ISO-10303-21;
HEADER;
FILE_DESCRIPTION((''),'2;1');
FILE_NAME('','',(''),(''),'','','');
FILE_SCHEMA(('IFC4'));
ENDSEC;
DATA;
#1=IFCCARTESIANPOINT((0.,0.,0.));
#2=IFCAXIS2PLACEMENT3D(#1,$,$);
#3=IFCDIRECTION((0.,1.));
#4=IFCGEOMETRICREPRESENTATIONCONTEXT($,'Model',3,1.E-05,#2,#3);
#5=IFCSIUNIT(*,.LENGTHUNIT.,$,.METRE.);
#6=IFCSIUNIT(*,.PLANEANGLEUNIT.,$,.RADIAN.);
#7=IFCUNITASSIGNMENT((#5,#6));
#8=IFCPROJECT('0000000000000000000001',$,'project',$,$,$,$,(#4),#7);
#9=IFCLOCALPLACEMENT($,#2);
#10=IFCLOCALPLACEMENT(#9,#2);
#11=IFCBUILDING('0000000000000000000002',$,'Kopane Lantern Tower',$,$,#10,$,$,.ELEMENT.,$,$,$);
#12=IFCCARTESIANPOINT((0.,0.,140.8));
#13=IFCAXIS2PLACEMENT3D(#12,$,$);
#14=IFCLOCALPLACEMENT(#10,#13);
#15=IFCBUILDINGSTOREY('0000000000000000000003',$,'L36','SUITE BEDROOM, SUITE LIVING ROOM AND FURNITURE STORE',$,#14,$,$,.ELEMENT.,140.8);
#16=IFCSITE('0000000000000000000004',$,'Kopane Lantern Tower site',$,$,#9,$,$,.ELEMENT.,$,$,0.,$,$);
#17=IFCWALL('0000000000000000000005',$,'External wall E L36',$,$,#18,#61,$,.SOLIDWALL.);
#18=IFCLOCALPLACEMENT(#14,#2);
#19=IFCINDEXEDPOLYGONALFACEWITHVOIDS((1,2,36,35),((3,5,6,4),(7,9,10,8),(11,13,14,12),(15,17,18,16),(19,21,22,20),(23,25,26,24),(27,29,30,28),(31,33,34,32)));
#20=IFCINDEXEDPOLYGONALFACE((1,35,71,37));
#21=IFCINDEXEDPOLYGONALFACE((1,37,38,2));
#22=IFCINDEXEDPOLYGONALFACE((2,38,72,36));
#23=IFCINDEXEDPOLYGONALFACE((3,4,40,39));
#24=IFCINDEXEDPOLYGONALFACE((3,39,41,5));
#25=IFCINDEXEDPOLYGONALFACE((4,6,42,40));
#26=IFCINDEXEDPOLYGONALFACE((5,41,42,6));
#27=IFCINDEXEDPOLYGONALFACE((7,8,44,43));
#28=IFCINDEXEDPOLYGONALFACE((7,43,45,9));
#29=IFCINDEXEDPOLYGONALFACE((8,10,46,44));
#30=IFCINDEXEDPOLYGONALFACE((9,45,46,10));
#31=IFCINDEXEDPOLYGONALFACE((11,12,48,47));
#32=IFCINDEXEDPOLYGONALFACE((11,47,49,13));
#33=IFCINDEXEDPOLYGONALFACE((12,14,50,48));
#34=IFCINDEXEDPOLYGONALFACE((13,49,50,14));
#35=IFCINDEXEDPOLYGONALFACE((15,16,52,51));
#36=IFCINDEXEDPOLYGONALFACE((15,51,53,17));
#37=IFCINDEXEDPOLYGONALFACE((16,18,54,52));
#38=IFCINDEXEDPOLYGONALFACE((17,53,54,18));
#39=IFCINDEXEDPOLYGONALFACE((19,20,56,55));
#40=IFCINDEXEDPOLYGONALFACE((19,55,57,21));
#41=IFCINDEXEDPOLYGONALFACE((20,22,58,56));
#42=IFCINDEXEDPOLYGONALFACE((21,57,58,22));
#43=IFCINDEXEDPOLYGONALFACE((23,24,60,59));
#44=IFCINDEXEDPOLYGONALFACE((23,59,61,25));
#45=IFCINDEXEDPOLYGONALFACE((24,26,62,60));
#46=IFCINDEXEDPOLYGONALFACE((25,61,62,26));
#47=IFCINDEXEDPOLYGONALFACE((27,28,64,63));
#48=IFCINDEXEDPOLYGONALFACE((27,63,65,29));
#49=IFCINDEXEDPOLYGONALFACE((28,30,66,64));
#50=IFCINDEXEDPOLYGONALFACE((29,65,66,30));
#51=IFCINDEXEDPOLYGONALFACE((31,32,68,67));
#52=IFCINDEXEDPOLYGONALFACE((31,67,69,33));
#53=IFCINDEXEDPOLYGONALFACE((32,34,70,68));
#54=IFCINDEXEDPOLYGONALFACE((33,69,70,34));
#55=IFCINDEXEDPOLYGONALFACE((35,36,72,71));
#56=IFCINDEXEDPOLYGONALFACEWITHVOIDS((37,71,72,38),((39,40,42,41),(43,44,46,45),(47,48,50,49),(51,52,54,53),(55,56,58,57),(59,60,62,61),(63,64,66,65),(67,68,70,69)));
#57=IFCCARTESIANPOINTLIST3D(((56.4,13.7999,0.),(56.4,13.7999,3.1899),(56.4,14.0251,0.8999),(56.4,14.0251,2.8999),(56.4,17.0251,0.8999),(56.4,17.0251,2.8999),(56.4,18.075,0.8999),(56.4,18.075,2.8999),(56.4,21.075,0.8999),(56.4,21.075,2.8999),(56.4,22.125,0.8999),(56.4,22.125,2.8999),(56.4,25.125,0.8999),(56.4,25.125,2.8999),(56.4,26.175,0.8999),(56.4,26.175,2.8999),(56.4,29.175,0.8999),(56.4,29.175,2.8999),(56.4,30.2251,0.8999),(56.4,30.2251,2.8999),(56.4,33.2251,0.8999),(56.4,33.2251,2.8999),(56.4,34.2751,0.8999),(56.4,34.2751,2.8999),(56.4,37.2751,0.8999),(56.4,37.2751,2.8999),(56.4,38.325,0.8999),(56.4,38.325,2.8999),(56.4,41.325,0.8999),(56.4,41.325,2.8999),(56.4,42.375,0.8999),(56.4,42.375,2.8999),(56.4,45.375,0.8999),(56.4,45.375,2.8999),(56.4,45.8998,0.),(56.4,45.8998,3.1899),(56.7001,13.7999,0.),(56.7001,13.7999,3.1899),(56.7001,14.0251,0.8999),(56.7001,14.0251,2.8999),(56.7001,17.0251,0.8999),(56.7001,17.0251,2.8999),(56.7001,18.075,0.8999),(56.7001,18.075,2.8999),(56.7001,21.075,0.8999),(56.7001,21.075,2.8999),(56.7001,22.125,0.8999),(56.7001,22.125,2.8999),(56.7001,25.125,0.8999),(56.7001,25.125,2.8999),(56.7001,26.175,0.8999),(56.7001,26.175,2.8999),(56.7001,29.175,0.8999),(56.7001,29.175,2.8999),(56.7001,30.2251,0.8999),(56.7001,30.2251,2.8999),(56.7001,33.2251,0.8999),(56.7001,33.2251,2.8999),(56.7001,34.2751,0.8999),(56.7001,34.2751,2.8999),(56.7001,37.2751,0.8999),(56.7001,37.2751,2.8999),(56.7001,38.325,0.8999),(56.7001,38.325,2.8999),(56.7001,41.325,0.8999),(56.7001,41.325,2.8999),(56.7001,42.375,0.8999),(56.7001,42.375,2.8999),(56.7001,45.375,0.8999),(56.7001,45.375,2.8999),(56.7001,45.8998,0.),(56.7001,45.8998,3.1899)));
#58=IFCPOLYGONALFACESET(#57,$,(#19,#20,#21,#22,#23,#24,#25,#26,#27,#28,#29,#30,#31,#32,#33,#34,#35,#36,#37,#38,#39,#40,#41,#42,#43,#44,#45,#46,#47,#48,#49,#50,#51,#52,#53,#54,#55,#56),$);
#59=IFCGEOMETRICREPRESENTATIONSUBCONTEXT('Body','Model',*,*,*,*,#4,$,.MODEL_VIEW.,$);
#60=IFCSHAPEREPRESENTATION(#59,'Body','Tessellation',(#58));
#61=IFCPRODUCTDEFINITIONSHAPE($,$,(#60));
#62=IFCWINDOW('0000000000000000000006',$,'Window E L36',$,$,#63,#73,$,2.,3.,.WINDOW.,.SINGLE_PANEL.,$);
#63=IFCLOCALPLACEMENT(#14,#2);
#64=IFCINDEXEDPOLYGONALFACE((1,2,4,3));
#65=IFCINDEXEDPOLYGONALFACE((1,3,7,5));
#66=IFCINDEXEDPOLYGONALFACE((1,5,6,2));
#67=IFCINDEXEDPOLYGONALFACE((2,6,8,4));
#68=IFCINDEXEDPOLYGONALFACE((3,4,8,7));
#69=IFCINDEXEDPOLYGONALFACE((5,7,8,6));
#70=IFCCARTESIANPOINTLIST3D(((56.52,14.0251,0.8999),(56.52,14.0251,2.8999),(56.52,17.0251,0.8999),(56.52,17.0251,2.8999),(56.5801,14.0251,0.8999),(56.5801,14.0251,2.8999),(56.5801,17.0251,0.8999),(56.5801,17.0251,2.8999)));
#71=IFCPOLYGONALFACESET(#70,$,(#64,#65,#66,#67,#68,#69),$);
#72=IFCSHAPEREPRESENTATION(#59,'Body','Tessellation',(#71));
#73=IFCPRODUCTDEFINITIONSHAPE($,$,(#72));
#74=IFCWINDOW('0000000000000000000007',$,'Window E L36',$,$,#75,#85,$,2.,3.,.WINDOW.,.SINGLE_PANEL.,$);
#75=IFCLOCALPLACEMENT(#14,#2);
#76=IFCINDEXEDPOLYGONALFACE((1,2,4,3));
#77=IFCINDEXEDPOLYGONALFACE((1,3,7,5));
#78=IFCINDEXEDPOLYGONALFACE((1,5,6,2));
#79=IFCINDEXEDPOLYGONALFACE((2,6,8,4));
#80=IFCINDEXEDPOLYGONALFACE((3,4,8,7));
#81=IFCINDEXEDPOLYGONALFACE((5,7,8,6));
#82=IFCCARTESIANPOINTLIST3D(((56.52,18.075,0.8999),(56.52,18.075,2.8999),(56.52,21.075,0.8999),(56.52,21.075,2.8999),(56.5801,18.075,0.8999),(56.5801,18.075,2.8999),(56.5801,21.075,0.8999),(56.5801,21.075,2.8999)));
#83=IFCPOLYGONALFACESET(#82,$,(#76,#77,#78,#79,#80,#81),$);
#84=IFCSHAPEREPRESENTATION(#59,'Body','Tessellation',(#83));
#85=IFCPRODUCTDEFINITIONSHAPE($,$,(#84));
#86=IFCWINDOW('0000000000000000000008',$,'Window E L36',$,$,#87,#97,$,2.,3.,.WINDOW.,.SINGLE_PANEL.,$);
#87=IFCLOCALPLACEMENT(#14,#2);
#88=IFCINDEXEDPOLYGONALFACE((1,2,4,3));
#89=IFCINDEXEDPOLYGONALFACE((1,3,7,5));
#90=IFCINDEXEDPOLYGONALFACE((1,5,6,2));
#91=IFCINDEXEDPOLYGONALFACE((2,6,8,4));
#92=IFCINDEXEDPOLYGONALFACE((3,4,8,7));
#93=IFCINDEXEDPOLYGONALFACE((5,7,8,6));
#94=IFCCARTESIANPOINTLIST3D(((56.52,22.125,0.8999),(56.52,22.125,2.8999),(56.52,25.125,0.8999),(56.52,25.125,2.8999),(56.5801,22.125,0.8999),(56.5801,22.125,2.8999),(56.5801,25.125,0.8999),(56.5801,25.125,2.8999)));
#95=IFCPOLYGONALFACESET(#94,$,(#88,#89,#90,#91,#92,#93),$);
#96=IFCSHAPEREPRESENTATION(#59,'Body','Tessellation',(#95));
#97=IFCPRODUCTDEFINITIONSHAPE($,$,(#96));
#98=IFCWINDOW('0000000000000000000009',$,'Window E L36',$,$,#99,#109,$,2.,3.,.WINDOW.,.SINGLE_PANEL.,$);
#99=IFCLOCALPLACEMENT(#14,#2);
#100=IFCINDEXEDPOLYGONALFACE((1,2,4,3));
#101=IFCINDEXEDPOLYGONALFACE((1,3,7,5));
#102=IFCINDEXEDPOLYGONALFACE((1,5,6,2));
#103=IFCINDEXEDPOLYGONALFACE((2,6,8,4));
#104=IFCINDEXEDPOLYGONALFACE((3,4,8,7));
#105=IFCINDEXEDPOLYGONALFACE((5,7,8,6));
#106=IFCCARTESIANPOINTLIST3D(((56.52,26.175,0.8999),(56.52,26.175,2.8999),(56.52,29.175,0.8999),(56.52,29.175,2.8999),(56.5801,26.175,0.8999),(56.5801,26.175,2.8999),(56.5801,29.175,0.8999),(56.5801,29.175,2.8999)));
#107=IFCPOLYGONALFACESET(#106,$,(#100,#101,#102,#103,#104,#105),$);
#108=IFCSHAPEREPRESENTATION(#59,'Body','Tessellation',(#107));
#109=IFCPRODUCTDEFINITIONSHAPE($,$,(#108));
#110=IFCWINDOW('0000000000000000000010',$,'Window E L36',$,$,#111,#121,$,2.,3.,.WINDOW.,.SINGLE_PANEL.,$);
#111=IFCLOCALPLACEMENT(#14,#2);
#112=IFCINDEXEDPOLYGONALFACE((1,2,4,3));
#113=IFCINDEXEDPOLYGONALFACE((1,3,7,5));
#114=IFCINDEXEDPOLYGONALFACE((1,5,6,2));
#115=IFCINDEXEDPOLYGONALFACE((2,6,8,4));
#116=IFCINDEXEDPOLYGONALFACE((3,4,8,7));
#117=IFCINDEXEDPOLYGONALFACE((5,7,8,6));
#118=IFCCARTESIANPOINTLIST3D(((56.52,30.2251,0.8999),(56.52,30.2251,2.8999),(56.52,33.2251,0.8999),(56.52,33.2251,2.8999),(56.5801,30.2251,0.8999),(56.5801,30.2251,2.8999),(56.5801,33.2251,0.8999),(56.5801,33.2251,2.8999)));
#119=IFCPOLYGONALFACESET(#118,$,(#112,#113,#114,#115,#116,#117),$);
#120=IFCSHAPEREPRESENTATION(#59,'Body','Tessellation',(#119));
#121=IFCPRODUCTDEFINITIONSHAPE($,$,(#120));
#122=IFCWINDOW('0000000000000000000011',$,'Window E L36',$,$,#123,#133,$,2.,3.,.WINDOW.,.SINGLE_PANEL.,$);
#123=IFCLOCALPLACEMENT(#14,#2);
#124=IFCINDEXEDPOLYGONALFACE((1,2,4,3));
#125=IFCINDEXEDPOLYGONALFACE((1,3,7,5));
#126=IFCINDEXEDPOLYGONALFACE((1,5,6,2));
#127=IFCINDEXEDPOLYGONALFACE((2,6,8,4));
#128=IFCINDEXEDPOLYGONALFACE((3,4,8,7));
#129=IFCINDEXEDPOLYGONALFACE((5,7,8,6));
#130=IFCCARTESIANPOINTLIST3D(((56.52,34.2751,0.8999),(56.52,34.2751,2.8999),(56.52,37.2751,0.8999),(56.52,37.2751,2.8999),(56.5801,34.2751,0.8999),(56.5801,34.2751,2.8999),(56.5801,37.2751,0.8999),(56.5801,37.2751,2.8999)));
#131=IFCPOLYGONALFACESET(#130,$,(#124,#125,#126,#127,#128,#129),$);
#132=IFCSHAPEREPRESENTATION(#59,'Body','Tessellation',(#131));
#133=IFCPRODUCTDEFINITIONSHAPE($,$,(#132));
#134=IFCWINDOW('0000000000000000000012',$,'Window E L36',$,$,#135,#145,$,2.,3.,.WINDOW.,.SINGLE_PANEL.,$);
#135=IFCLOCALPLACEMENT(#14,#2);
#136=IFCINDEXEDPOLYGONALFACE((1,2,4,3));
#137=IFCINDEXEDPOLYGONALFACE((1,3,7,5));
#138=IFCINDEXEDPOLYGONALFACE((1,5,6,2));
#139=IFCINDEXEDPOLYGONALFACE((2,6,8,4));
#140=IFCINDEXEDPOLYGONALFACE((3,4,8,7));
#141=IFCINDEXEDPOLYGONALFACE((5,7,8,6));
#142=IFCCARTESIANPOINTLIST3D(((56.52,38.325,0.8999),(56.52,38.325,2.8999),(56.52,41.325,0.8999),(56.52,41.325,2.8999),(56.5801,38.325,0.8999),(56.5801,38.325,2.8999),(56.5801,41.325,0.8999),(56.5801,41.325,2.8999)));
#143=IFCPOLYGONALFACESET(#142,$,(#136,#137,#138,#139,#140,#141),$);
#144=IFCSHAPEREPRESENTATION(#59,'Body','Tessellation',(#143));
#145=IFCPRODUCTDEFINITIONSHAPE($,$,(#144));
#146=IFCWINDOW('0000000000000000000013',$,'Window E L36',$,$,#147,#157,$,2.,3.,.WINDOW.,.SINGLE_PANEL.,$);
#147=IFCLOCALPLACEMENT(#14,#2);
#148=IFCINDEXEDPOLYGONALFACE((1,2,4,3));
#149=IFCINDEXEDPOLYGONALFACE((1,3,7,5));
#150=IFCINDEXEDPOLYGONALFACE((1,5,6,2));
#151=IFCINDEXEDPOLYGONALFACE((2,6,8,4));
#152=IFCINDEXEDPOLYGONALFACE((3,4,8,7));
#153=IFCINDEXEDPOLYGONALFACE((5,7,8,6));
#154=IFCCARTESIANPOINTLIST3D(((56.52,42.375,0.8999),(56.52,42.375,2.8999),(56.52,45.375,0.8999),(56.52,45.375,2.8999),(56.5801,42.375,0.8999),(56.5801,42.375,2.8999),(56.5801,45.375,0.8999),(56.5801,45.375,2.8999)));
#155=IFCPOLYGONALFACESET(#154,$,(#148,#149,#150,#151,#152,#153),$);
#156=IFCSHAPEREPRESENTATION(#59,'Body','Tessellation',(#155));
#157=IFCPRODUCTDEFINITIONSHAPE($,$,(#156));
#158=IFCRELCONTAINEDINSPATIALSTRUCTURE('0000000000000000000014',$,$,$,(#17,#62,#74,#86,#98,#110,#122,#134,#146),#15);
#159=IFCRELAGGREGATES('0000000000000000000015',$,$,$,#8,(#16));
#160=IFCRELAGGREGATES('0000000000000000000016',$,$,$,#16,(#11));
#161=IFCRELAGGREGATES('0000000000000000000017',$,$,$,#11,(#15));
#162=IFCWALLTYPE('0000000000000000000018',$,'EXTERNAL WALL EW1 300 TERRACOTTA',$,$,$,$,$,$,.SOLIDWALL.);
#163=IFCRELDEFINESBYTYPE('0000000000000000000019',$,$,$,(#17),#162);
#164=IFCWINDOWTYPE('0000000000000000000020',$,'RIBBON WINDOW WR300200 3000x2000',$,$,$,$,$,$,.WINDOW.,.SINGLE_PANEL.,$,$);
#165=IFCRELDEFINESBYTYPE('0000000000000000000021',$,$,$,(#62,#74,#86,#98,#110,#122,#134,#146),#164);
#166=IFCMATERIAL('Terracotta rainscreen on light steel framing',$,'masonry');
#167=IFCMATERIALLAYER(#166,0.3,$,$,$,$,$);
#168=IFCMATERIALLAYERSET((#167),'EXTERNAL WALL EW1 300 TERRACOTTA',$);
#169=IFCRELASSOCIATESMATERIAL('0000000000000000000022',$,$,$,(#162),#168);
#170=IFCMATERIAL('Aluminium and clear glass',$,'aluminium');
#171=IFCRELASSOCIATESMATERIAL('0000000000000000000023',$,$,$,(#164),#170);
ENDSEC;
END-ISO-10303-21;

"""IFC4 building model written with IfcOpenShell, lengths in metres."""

from ifc_helpers import new_model, si_unit, direction, frame, frame_2d, origin, place, context, subcontext, project, spatial, rectangle, extrude, material, layer, layer_set, type_object, element, fill, save


model = new_model("IFC4")

# Units and contexts
model_context = context("Model", 3, precision=1e-05, world=origin(), true_north=direction((0.0, 1.0)))
body_context = subcontext(model_context, "Body", "Model", "MODEL_VIEW")
ifc_project = project(units=[si_unit("LENGTHUNIT", "METRE"), si_unit("PLANEANGLEUNIT", "RADIAN")], contexts=[model_context])

# Site, building, storey
site_placement = place(None, origin())
site = spatial("IfcSite", under=ifc_project, at=site_placement, Name="Kopane Lantern Tower site", CompositionType="ELEMENT", RefElevation=0.0)
building_placement = place(site_placement, origin())
building = spatial("IfcBuilding", under=site, at=building_placement, Name="Kopane Lantern Tower", CompositionType="ELEMENT")
storey_placement = place(building_placement, frame((0.0, 0.0, 140.8)))
storey = spatial("IfcBuildingStorey", under=building, at=storey_placement, Name="L36", Description="SUITE BEDROOM, SUITE LIVING ROOM AND FURNITURE STORE", CompositionType="ELEMENT", Elevation=140.8)

# Shared definitions
ifc_material_1 = material(Name="Terracotta rainscreen on light steel framing", Category="masonry")
ifc_layer = layer(ifc_material_1, 0.3)
ifc_layer_set = layer_set([ifc_layer], Name="EXTERNAL WALL EW1 300 TERRACOTTA")
wall_type = type_object("IfcWallType", Name="EXTERNAL WALL EW1 300 TERRACOTTA", PredefinedType="SOLIDWALL", material=ifc_layer_set)

# Wall, openings, windows
wall_1_placement = place(storey_placement, frame((56.55, 13.8, 0.0), z_axis=(0.0, 0.0, 1.0), x_axis=(0.0, 1.0, 0.0)))
wall_1 = element("IfcWall", 1, at=wall_1_placement, inside=storey, type_object=wall_type, Name="External wall E L36", PredefinedType="SOLIDWALL", context=body_context, shape_type="SweptSolid", body=[
    extrude(rectangle(XDim=32.0999, YDim=0.3, at=frame_2d((16.0498, 0.0))), origin(), (0.0, 0.0, 1.0), 3.1899),
])
opening_1_placement = place(wall_1_placement, frame((0.2251, 0.0, 0.8999)))
opening_1 = element("IfcOpeningElement", 2, at=opening_1_placement, cuts=wall_1, PredefinedType="OPENING", context=body_context, shape_type="SweptSolid", body=[
    extrude(rectangle(XDim=3.0, YDim=2.0, at=frame_2d((1.5, 1.0))), frame((0.0, 0.1599, 0.0), z_axis=(0.0, -1.0, 0.0), x_axis=(1.0, 0.0, 0.0)), (0.0, 0.0, 1.0), 0.3201),
])
opening_2_placement = place(wall_1_placement, frame((4.2749, 0.0, 0.8999)))
opening_2 = element("IfcOpeningElement", 3, at=opening_2_placement, cuts=wall_1, PredefinedType="OPENING", context=body_context, shape_type="SweptSolid", body=[
    extrude(rectangle(XDim=3.0, YDim=2.0, at=frame_2d((1.5, 1.0))), frame((0.0, 0.1599, 0.0), z_axis=(0.0, -1.0, 0.0), x_axis=(1.0, 0.0, 0.0)), (0.0, 0.0, 1.0), 0.3201),
])
opening_3_placement = place(wall_1_placement, frame((8.325, 0.0, 0.8999)))
opening_3 = element("IfcOpeningElement", 4, at=opening_3_placement, cuts=wall_1, PredefinedType="OPENING", context=body_context, shape_type="SweptSolid", body=[
    extrude(rectangle(XDim=3.0, YDim=2.0, at=frame_2d((1.5, 1.0))), frame((0.0, 0.1599, 0.0), z_axis=(0.0, -1.0, 0.0), x_axis=(1.0, 0.0, 0.0)), (0.0, 0.0, 1.0), 0.3201),
])
opening_4_placement = place(wall_1_placement, frame((12.375, 0.0, 0.8999)))
opening_4 = element("IfcOpeningElement", 5, at=opening_4_placement, cuts=wall_1, PredefinedType="OPENING", context=body_context, shape_type="SweptSolid", body=[
    extrude(rectangle(XDim=3.0, YDim=2.0, at=frame_2d((1.5, 1.0))), frame((0.0, 0.1599, 0.0), z_axis=(0.0, -1.0, 0.0), x_axis=(1.0, 0.0, 0.0)), (0.0, 0.0, 1.0), 0.3201),
])
opening_5_placement = place(wall_1_placement, frame((16.425, 0.0, 0.8999)))
opening_5 = element("IfcOpeningElement", 6, at=opening_5_placement, cuts=wall_1, PredefinedType="OPENING", context=body_context, shape_type="SweptSolid", body=[
    extrude(rectangle(XDim=3.0, YDim=2.0, at=frame_2d((1.5, 1.0))), frame((0.0, 0.1599, 0.0), z_axis=(0.0, -1.0, 0.0), x_axis=(1.0, 0.0, 0.0)), (0.0, 0.0, 1.0), 0.3201),
])
opening_6_placement = place(wall_1_placement, frame((20.4751, 0.0, 0.8999)))
opening_6 = element("IfcOpeningElement", 7, at=opening_6_placement, cuts=wall_1, PredefinedType="OPENING", context=body_context, shape_type="SweptSolid", body=[
    extrude(rectangle(XDim=3.0, YDim=2.0, at=frame_2d((1.5, 1.0))), frame((0.0, 0.1599, 0.0), z_axis=(0.0, -1.0, 0.0), x_axis=(1.0, 0.0, 0.0)), (0.0, 0.0, 1.0), 0.3201),
])
opening_7_placement = place(wall_1_placement, frame((24.5249, 0.0, 0.8999)))
opening_7 = element("IfcOpeningElement", 8, at=opening_7_placement, cuts=wall_1, PredefinedType="OPENING", context=body_context, shape_type="SweptSolid", body=[
    extrude(rectangle(XDim=3.0, YDim=2.0, at=frame_2d((1.5, 1.0))), frame((0.0, 0.1599, 0.0), z_axis=(0.0, -1.0, 0.0), x_axis=(1.0, 0.0, 0.0)), (0.0, 0.0, 1.0), 0.3201),
])
opening_8_placement = place(wall_1_placement, frame((28.575, 0.0, 0.8999)))
opening_8 = element("IfcOpeningElement", 9, at=opening_8_placement, cuts=wall_1, PredefinedType="OPENING", context=body_context, shape_type="SweptSolid", body=[
    extrude(rectangle(XDim=3.0, YDim=2.0, at=frame_2d((1.5, 1.0))), frame((0.0, 0.1599, 0.0), z_axis=(0.0, -1.0, 0.0), x_axis=(1.0, 0.0, 0.0)), (0.0, 0.0, 1.0), 0.3201),
])
ifc_material_2 = material(Name="Aluminium and clear glass", Category="aluminium")
window_type_1 = type_object("IfcWindowType", Name="RIBBON WINDOW WR300200 3000x2000", PartitioningType="SINGLE_PANEL", PredefinedType="WINDOW", material=ifc_material_2)
window_1_placement = place(opening_1_placement, origin())
window_1 = element("IfcWindow", 10, at=window_1_placement, inside=storey, type_object=window_type_1, Name="Window E L36", OverallHeight=2.0, OverallWidth=3.0, PartitioningType="SINGLE_PANEL", PredefinedType="WINDOW", context=body_context, shape_type="SweptSolid", body=[
    extrude(rectangle(XDim=3.0, YDim=2.0, at=frame_2d((1.5, 1.0))), frame((0.0, 0.03, 0.0), z_axis=(0.0, -1.0, 0.0), x_axis=(1.0, 0.0, 0.0)), (0.0, 0.0, 1.0), 0.0601),
])
fill(opening_1, window_1)
window_2_placement = place(opening_2_placement, origin())
window_2 = element("IfcWindow", 11, at=window_2_placement, inside=storey, type_object=window_type_1, Name="Window E L36", OverallHeight=2.0, OverallWidth=3.0, PartitioningType="SINGLE_PANEL", PredefinedType="WINDOW", context=body_context, shape_type="SweptSolid", body=[
    extrude(rectangle(XDim=3.0, YDim=2.0, at=frame_2d((1.5, 1.0))), frame((0.0, 0.03, 0.0), z_axis=(0.0, -1.0, 0.0), x_axis=(1.0, 0.0, 0.0)), (0.0, 0.0, 1.0), 0.0601),
])
fill(opening_2, window_2)
window_3_placement = place(opening_3_placement, origin())
window_3 = element("IfcWindow", 12, at=window_3_placement, inside=storey, type_object=window_type_1, Name="Window E L36", OverallHeight=2.0, OverallWidth=3.0, PartitioningType="SINGLE_PANEL", PredefinedType="WINDOW", context=body_context, shape_type="SweptSolid", body=[
    extrude(rectangle(XDim=3.0, YDim=2.0, at=frame_2d((1.5, 1.0))), frame((0.0, 0.03, 0.0), z_axis=(0.0, -1.0, 0.0), x_axis=(1.0, 0.0, 0.0)), (0.0, 0.0, 1.0), 0.0601),
])
fill(opening_3, window_3)
window_4_placement = place(opening_4_placement, origin())
window_4 = element("IfcWindow", 13, at=window_4_placement, inside=storey, type_object=window_type_1, Name="Window E L36", OverallHeight=2.0, OverallWidth=3.0, PartitioningType="SINGLE_PANEL", PredefinedType="WINDOW", context=body_context, shape_type="SweptSolid", body=[
    extrude(rectangle(XDim=3.0, YDim=2.0, at=frame_2d((1.5, 1.0))), frame((0.0, 0.03, 0.0), z_axis=(0.0, -1.0, 0.0), x_axis=(1.0, 0.0, 0.0)), (0.0, 0.0, 1.0), 0.0601),
])
fill(opening_4, window_4)
window_5_placement = place(opening_5_placement, origin())
window_5 = element("IfcWindow", 14, at=window_5_placement, inside=storey, type_object=window_type_1, Name="Window E L36", OverallHeight=2.0, OverallWidth=3.0, PartitioningType="SINGLE_PANEL", PredefinedType="WINDOW", context=body_context, shape_type="SweptSolid", body=[
    extrude(rectangle(XDim=3.0, YDim=2.0, at=frame_2d((1.5, 1.0))), frame((0.0, 0.03, 0.0), z_axis=(0.0, -1.0, 0.0), x_axis=(1.0, 0.0, 0.0)), (0.0, 0.0, 1.0), 0.0601),
])
fill(opening_5, window_5)
window_6_placement = place(opening_6_placement, origin())
window_6 = element("IfcWindow", 15, at=window_6_placement, inside=storey, type_object=window_type_1, Name="Window E L36", OverallHeight=2.0, OverallWidth=3.0, PartitioningType="SINGLE_PANEL", PredefinedType="WINDOW", context=body_context, shape_type="SweptSolid", body=[
    extrude(rectangle(XDim=3.0, YDim=2.0, at=frame_2d((1.5, 1.0))), frame((0.0, 0.03, 0.0), z_axis=(0.0, -1.0, 0.0), x_axis=(1.0, 0.0, 0.0)), (0.0, 0.0, 1.0), 0.0601),
])
fill(opening_6, window_6)
window_7_placement = place(opening_7_placement, origin())
window_7 = element("IfcWindow", 16, at=window_7_placement, inside=storey, type_object=window_type_1, Name="Window E L36", OverallHeight=2.0, OverallWidth=3.0, PartitioningType="SINGLE_PANEL", PredefinedType="WINDOW", context=body_context, shape_type="SweptSolid", body=[
    extrude(rectangle(XDim=3.0, YDim=2.0, at=frame_2d((1.5, 1.0))), frame((0.0, 0.03, 0.0), z_axis=(0.0, -1.0, 0.0), x_axis=(1.0, 0.0, 0.0)), (0.0, 0.0, 1.0), 0.0601),
])
fill(opening_7, window_7)
window_8_placement = place(opening_8_placement, origin())
window_8 = element("IfcWindow", 17, at=window_8_placement, inside=storey, type_object=window_type_1, Name="Window E L36", OverallHeight=2.0, OverallWidth=3.0, PartitioningType="SINGLE_PANEL", PredefinedType="WINDOW", context=body_context, shape_type="SweptSolid", body=[
    extrude(rectangle(XDim=3.0, YDim=2.0, at=frame_2d((1.5, 1.0))), frame((0.0, 0.03, 0.0), z_axis=(0.0, -1.0, 0.0), x_axis=(1.0, 0.0, 0.0)), (0.0, 0.0, 1.0), 0.0601),
])
fill(opening_8, window_8)

save(model, "model.ifc")
